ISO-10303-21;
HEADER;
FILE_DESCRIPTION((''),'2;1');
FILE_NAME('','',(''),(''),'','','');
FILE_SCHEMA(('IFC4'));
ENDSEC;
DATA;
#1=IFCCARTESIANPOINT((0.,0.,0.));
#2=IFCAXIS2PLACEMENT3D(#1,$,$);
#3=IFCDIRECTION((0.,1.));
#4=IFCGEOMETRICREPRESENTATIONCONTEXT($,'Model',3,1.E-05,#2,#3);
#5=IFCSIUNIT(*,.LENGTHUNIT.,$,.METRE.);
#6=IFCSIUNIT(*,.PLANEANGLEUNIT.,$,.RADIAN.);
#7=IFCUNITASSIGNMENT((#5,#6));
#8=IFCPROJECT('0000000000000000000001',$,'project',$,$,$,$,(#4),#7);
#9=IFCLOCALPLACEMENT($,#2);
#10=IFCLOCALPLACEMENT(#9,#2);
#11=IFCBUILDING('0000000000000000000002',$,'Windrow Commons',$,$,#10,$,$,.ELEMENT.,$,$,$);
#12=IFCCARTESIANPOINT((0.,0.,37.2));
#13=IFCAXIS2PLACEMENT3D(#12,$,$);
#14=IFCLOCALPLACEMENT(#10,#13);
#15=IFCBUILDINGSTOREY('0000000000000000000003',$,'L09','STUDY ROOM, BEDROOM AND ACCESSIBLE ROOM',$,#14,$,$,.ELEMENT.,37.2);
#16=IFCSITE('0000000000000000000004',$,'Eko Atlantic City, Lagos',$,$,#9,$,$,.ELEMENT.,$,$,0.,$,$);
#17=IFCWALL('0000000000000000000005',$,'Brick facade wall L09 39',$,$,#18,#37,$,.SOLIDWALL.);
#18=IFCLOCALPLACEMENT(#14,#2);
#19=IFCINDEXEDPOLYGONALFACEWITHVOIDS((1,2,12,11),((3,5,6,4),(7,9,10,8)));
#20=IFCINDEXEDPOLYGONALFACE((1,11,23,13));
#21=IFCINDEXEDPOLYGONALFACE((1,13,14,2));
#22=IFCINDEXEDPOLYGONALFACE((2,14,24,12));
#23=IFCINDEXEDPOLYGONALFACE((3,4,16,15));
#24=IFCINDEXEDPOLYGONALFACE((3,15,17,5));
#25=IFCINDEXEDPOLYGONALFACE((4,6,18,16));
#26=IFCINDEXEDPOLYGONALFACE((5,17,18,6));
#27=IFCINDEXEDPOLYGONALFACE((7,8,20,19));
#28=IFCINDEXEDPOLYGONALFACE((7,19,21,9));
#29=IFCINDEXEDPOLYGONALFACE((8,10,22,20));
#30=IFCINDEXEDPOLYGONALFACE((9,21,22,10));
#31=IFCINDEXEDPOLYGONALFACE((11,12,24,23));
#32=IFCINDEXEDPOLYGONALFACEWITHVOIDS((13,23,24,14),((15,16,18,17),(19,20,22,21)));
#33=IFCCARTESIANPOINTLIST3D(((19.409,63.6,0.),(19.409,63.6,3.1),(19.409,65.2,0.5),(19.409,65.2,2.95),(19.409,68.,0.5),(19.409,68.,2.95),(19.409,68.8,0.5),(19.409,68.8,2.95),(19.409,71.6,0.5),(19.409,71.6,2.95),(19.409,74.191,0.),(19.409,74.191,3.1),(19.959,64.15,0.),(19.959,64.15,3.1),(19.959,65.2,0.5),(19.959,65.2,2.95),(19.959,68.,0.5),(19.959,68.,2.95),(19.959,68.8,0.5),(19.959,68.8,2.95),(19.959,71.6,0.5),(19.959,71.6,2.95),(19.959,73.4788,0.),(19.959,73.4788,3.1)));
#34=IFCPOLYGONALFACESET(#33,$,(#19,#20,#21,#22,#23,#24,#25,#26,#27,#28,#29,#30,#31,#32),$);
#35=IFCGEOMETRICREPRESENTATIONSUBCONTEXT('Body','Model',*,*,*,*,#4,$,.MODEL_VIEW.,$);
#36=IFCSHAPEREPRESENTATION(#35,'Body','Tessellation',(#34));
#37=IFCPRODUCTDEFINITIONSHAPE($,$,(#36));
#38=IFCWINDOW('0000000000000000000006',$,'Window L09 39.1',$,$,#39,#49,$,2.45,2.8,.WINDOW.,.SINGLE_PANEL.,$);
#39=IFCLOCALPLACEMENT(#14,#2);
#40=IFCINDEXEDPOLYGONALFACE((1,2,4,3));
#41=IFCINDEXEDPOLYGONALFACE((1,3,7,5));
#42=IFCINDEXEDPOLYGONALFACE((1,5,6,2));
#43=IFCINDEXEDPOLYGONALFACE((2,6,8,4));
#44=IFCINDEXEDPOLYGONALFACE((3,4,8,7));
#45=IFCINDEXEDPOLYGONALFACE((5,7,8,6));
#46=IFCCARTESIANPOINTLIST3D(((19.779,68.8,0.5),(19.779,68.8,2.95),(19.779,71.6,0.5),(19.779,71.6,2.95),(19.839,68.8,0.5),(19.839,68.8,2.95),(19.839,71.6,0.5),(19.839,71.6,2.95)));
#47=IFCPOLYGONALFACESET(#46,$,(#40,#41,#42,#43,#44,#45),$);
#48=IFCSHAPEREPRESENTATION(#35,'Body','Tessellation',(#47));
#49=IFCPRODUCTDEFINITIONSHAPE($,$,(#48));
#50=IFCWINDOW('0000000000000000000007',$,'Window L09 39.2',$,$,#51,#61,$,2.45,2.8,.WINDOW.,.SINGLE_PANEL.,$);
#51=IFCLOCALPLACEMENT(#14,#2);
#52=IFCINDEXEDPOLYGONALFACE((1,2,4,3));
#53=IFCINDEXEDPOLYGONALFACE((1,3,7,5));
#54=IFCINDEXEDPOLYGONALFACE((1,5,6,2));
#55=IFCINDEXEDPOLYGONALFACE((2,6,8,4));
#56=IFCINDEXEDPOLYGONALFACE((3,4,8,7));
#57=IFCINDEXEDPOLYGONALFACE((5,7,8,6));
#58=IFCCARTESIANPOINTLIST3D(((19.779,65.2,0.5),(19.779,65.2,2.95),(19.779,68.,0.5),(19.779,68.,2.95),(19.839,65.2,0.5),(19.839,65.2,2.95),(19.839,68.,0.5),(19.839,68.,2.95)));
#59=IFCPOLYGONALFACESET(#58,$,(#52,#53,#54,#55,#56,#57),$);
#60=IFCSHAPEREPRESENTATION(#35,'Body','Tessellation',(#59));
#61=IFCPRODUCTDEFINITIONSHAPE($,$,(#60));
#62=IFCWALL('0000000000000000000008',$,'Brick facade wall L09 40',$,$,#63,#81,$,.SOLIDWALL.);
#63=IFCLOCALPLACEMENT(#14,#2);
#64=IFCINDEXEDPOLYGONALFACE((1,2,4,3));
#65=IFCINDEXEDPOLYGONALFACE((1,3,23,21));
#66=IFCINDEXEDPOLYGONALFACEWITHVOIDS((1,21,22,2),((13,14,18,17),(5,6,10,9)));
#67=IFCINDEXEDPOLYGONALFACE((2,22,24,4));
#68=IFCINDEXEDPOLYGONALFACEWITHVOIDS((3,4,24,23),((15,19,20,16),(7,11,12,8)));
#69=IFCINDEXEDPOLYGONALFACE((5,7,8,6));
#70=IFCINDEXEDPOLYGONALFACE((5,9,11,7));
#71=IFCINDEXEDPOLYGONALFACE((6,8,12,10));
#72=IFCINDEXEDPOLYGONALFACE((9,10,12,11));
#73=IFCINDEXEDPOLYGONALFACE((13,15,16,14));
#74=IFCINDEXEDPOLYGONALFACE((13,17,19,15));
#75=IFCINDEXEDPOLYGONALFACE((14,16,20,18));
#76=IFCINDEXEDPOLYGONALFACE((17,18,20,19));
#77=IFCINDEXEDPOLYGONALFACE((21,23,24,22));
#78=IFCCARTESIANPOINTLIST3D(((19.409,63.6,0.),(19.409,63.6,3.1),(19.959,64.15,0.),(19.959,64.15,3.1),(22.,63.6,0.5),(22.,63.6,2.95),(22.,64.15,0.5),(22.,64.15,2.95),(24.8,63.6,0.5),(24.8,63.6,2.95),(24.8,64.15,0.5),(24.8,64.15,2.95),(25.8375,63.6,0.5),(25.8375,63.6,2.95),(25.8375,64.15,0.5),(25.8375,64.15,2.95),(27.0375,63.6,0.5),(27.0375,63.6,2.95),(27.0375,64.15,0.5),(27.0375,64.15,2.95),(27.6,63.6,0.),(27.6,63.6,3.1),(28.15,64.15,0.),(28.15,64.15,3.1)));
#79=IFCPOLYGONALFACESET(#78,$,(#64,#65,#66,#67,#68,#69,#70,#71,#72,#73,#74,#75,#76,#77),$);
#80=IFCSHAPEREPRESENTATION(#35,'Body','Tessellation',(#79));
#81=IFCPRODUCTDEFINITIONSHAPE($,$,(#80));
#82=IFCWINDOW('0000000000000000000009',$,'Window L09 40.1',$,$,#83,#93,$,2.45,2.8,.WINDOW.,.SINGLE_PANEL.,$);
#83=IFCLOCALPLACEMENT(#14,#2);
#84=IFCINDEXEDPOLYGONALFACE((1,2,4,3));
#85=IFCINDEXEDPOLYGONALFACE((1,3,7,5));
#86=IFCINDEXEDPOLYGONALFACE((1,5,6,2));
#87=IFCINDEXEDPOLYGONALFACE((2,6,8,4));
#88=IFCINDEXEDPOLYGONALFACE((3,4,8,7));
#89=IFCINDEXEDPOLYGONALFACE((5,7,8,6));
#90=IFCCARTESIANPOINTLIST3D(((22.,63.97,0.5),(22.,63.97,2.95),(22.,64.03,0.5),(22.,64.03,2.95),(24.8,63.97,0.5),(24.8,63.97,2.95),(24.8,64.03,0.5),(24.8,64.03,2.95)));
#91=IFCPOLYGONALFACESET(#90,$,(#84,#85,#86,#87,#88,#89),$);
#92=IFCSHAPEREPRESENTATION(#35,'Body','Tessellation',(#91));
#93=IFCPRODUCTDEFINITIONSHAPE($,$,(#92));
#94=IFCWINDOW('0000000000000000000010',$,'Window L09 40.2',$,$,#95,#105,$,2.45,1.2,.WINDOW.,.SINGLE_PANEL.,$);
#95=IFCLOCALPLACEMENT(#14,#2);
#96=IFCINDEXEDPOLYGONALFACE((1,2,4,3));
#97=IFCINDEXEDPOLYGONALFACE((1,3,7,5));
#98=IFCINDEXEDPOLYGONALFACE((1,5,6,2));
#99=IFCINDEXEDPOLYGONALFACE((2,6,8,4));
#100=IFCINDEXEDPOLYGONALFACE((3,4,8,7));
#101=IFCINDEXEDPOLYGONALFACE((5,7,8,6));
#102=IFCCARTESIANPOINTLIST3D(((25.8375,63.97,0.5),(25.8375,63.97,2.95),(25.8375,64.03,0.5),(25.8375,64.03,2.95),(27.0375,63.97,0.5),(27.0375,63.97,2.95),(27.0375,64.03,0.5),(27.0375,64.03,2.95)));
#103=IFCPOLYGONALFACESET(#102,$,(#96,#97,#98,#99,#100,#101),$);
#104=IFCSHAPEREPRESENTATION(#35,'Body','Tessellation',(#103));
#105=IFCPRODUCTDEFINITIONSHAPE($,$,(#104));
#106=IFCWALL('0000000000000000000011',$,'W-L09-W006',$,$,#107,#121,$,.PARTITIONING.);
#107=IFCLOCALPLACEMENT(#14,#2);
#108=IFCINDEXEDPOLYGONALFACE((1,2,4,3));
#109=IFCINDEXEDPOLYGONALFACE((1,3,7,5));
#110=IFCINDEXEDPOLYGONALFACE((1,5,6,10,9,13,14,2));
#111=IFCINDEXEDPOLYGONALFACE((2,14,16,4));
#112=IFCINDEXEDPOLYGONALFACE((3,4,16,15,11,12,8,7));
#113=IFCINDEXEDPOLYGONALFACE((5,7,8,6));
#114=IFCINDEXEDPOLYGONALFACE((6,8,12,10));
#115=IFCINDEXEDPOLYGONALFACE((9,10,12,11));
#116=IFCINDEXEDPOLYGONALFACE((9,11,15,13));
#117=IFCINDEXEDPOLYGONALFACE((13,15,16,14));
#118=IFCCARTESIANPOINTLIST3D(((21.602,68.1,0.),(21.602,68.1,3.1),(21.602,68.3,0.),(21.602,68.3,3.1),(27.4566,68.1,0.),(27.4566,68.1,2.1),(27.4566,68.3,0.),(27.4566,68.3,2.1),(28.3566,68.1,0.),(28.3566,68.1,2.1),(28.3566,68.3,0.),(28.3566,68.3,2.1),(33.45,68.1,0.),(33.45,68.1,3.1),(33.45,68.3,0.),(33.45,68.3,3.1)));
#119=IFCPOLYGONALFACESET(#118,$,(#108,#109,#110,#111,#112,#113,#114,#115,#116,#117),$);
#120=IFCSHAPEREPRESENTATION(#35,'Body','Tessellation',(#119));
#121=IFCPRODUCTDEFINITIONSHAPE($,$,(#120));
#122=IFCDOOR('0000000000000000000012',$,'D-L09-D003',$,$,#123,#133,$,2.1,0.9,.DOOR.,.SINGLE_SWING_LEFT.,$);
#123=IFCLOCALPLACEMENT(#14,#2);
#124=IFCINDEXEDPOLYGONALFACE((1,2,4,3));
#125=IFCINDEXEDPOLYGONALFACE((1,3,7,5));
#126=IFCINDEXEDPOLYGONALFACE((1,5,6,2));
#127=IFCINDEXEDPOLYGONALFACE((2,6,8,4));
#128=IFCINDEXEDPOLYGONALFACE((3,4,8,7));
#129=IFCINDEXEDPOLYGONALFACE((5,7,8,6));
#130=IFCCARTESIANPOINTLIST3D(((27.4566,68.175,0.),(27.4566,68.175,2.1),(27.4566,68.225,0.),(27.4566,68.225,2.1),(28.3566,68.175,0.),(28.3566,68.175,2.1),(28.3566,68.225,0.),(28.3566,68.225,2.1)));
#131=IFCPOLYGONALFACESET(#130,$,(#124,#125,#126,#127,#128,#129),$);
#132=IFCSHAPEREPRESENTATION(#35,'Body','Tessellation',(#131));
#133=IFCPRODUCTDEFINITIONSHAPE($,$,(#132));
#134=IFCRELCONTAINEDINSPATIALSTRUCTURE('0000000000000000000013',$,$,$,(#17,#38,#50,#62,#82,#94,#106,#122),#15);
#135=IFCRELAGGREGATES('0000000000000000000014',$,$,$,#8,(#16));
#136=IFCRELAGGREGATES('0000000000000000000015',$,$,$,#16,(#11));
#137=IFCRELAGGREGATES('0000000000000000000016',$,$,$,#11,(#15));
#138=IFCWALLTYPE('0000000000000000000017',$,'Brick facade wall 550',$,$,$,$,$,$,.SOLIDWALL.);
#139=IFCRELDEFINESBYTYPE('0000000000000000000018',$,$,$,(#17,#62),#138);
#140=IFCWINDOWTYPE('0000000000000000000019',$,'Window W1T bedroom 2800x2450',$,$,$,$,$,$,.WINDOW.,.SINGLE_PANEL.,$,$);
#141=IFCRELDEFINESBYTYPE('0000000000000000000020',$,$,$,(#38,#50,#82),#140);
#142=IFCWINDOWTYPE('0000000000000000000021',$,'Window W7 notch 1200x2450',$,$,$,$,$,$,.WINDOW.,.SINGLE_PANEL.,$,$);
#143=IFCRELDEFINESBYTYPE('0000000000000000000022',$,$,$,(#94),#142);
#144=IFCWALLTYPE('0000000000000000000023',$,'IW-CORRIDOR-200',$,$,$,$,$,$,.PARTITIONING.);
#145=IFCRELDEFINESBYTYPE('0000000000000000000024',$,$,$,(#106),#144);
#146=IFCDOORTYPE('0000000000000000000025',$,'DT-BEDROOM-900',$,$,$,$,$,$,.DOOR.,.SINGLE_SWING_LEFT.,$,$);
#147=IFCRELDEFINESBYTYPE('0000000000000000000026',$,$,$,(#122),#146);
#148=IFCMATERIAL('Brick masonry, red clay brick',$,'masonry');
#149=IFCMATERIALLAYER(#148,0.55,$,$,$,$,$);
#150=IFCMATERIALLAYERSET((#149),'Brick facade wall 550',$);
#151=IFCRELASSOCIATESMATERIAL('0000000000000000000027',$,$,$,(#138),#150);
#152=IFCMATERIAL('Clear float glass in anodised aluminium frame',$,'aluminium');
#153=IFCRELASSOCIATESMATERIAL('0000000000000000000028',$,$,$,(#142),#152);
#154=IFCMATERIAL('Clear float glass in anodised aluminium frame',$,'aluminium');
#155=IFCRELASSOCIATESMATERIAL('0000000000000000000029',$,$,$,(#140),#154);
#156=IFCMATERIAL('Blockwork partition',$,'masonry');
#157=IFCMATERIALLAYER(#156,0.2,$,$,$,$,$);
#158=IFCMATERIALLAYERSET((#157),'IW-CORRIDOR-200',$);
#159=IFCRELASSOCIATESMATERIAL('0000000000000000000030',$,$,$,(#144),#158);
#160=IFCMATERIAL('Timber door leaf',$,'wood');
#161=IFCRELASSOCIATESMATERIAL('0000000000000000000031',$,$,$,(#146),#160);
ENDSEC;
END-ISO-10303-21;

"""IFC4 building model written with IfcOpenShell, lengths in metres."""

from ifc_helpers import new_model, si_unit, direction, frame, frame_2d, origin, place, context, subcontext, project, spatial, polyline, rectangle, outline, extrude, material, layer, layer_set, type_object, element, fill, save


model = new_model("IFC4")

# Units and contexts
model_context = context("Model", 3, precision=1e-05, world=origin(), true_north=direction((0.0, 1.0)))
body_context = subcontext(model_context, "Body", "Model", "MODEL_VIEW")
ifc_project = project(units=[si_unit("LENGTHUNIT", "METRE"), si_unit("PLANEANGLEUNIT", "RADIAN")], contexts=[model_context])

# Site, building, storey
site_placement = place(None, origin())
site = spatial("IfcSite", under=ifc_project, at=site_placement, Name="Eko Atlantic City, Lagos", CompositionType="ELEMENT", RefElevation=0.0)
building_placement = place(site_placement, origin())
building = spatial("IfcBuilding", under=site, at=building_placement, Name="Windrow Commons", CompositionType="ELEMENT")
storey_placement = place(building_placement, frame((0.0, 0.0, 37.2)))
storey = spatial("IfcBuildingStorey", under=building, at=storey_placement, Name="L09", Description="STUDY ROOM, BEDROOM AND ACCESSIBLE ROOM", CompositionType="ELEMENT", Elevation=37.2)

# Walls, openings, windows
ifc_material_1 = material(Name="Brick masonry, red clay brick", Category="masonry")
ifc_layer_1 = layer(ifc_material_1, 0.55)
ifc_layer_set_1 = layer_set([ifc_layer_1], Name="Brick facade wall 550")
wall_type_1 = type_object("IfcWallType", Name="Brick facade wall 550", PredefinedType="SOLIDWALL", material=ifc_layer_set_1)
ifc_material_2 = material(Name="Clear float glass in anodised aluminium frame", Category="aluminium")
window_type_1 = type_object("IfcWindowType", Name="Window W7 notch 1200x2450", PartitioningType="SINGLE_PANEL", PredefinedType="WINDOW", material=ifc_material_2)
wall_1_placement = place(storey_placement, frame((19.684, 73.8349, 0.0), z_axis=(0.0, 0.0, 1.0), x_axis=(0.0, -1.0, 0.0)))
wall_1 = element("IfcWall", 1, at=wall_1_placement, inside=storey, type_object=wall_type_1, Name="Brick facade wall L09 39", PredefinedType="SOLIDWALL", context=body_context, shape_type="SweptSolid", body=[
    extrude(outline(polyline([(-0.3561, -0.275), (10.2349, -0.275), (9.6849, 0.275), (0.3561, 0.275), (-0.3561, -0.275)])), origin(), (0.0, 0.0, 1.0), 3.1),
])
opening_1_placement = place(wall_1_placement, frame((2.2349, 0.0, 0.5)))
opening_1 = element("IfcOpeningElement", 2, at=opening_1_placement, cuts=wall_1, PredefinedType="OPENING", context=body_context, shape_type="SweptSolid", body=[
    extrude(rectangle(XDim=2.8, YDim=2.45, at=frame_2d((1.4, 1.225))), frame((0.0, 0.285, 0.0), z_axis=(0.0, -1.0, 0.0), x_axis=(1.0, 0.0, 0.0)), (0.0, 0.0, 1.0), 0.57),
])
opening_2_placement = place(wall_1_placement, frame((5.8349, 0.0, 0.5)))
opening_2 = element("IfcOpeningElement", 3, at=opening_2_placement, cuts=wall_1, PredefinedType="OPENING", context=body_context, shape_type="SweptSolid", body=[
    extrude(rectangle(XDim=2.8, YDim=2.45, at=frame_2d((1.4, 1.225))), frame((0.0, 0.285, 0.0), z_axis=(0.0, -1.0, 0.0), x_axis=(1.0, 0.0, 0.0)), (0.0, 0.0, 1.0), 0.57),
])
ifc_material_3 = material(Name="Clear float glass in anodised aluminium frame", Category="aluminium")
window_type_2 = type_object("IfcWindowType", Name="Window W1T bedroom 2800x2450", PartitioningType="SINGLE_PANEL", PredefinedType="WINDOW", material=ifc_material_3)
window_1_placement = place(opening_1_placement, origin())
window_1 = element("IfcWindow", 4, at=window_1_placement, inside=storey, type_object=window_type_2, Name="Window L09 39.1", OverallHeight=2.45, OverallWidth=2.8, PartitioningType="SINGLE_PANEL", PredefinedType="WINDOW", context=body_context, shape_type="SweptSolid", body=[
    extrude(rectangle(XDim=2.8, YDim=2.45, at=frame_2d((1.4, 1.225))), frame((0.0, 0.155, 0.0), z_axis=(0.0, -1.0, 0.0), x_axis=(1.0, 0.0, 0.0)), (0.0, 0.0, 1.0), 0.06),
])
fill(opening_1, window_1)
window_2_placement = place(opening_2_placement, origin())
window_2 = element("IfcWindow", 5, at=window_2_placement, inside=storey, type_object=window_type_2, Name="Window L09 39.2", OverallHeight=2.45, OverallWidth=2.8, PartitioningType="SINGLE_PANEL", PredefinedType="WINDOW", context=body_context, shape_type="SweptSolid", body=[
    extrude(rectangle(XDim=2.8, YDim=2.45, at=frame_2d((1.4, 1.225))), frame((0.0, 0.155, 0.0), z_axis=(0.0, -1.0, 0.0), x_axis=(1.0, 0.0, 0.0)), (0.0, 0.0, 1.0), 0.06),
])
fill(opening_2, window_2)
wall_2_placement = place(storey_placement, frame((19.684, 63.875, 0.0), z_axis=(0.0, 0.0, 1.0), x_axis=(1.0, 0.0, 0.0)))
wall_2 = element("IfcWall", 6, at=wall_2_placement, inside=storey, type_object=wall_type_1, Name="Brick facade wall L09 40", PredefinedType="SOLIDWALL", context=body_context, shape_type="SweptSolid", body=[
    extrude(outline(polyline([(-0.275, -0.275), (7.916, -0.275), (8.466, 0.275), (0.275, 0.275), (-0.275, -0.275)])), origin(), (0.0, 0.0, 1.0), 3.1),
])
opening_3_placement = place(wall_2_placement, frame((2.316, 0.0, 0.5)))
opening_3 = element("IfcOpeningElement", 7, at=opening_3_placement, cuts=wall_2, PredefinedType="OPENING", context=body_context, shape_type="SweptSolid", body=[
    extrude(rectangle(XDim=2.8, YDim=2.45, at=frame_2d((1.4, 1.225))), frame((0.0, 0.285, 0.0), z_axis=(0.0, -1.0, 0.0), x_axis=(1.0, 0.0, 0.0)), (0.0, 0.0, 1.0), 0.57),
])
opening_4_placement = place(wall_2_placement, frame((6.1535, 0.0, 0.5)))
opening_4 = element("IfcOpeningElement", 8, at=opening_4_placement, cuts=wall_2, PredefinedType="OPENING", context=body_context, shape_type="SweptSolid", body=[
    extrude(rectangle(XDim=1.2, YDim=2.45, at=frame_2d((0.6, 1.225))), frame((0.0, 0.285, 0.0), z_axis=(0.0, -1.0, 0.0), x_axis=(1.0, 0.0, 0.0)), (0.0, 0.0, 1.0), 0.57),
])
window_3_placement = place(opening_3_placement, origin())
window_3 = element("IfcWindow", 9, at=window_3_placement, inside=storey, type_object=window_type_2, Name="Window L09 40.1", OverallHeight=2.45, OverallWidth=2.8, PartitioningType="SINGLE_PANEL", PredefinedType="WINDOW", context=body_context, shape_type="SweptSolid", body=[
    extrude(rectangle(XDim=2.8, YDim=2.45, at=frame_2d((1.4, 1.225))), frame((0.0, 0.155, 0.0), z_axis=(0.0, -1.0, 0.0), x_axis=(1.0, 0.0, 0.0)), (0.0, 0.0, 1.0), 0.06),
])
fill(opening_3, window_3)
window_4_placement = place(opening_4_placement, origin())
window_4 = element("IfcWindow", 10, at=window_4_placement, inside=storey, type_object=window_type_1, Name="Window L09 40.2", OverallHeight=2.45, OverallWidth=1.2, PartitioningType="SINGLE_PANEL", PredefinedType="WINDOW", context=body_context, shape_type="SweptSolid", body=[
    extrude(rectangle(XDim=1.2, YDim=2.45, at=frame_2d((0.6, 1.225))), frame((0.0, 0.155, 0.0), z_axis=(0.0, -1.0, 0.0), x_axis=(1.0, 0.0, 0.0)), (0.0, 0.0, 1.0), 0.06),
])
fill(opening_4, window_4)

# Wall, opening, door
ifc_material_4 = material(Name="Blockwork partition", Category="masonry")
ifc_layer_2 = layer(ifc_material_4, 0.2)
ifc_layer_set_2 = layer_set([ifc_layer_2], Name="IW-CORRIDOR-200")
wall_type_2 = type_object("IfcWallType", Name="IW-CORRIDOR-200", PredefinedType="PARTITIONING", material=ifc_layer_set_2)
wall_3_placement = place(storey_placement, frame((21.602, 68.2, 0.0), z_axis=(0.0, 0.0, 1.0), x_axis=(1.0, 0.0, 0.0)))
wall_3 = element("IfcWall", 11, at=wall_3_placement, inside=storey, type_object=wall_type_2, Name="W-L09-W006", PredefinedType="PARTITIONING", context=body_context, shape_type="SweptSolid", body=[
    extrude(rectangle(XDim=11.848, YDim=0.2, at=frame_2d((5.924, 0.0))), origin(), (0.0, 0.0, 1.0), 3.1),
])
opening_5_placement = place(wall_3_placement, frame((5.8546, 0.0, 0.0)))
opening_5 = element("IfcOpeningElement", 12, at=opening_5_placement, cuts=wall_3, PredefinedType="OPENING", context=body_context, shape_type="SweptSolid", body=[
    extrude(rectangle(XDim=0.9, YDim=2.1, at=frame_2d((0.45, 1.05))), frame((0.0, 0.11, 0.0), z_axis=(0.0, -1.0, 0.0), x_axis=(1.0, 0.0, 0.0)), (0.0, 0.0, 1.0), 0.22),
])
ifc_material_5 = material(Name="Timber door leaf", Category="wood")
door_type_1 = type_object("IfcDoorType", Name="DT-BEDROOM-900", OperationType="SINGLE_SWING_LEFT", PredefinedType="DOOR", material=ifc_material_5)
door_1_placement = place(opening_5_placement, origin())
door_1 = element("IfcDoor", 13, at=door_1_placement, inside=storey, type_object=door_type_1, Name="D-L09-D003", OperationType="SINGLE_SWING_LEFT", OverallHeight=2.1, OverallWidth=0.9, PredefinedType="DOOR", context=body_context, shape_type="SweptSolid", body=[
    extrude(rectangle(XDim=0.9, YDim=2.1, at=frame_2d((0.45, 1.05))), frame((0.0, 0.025, 0.0), z_axis=(0.0, -1.0, 0.0), x_axis=(1.0, 0.0, 0.0)), (0.0, 0.0, 1.0), 0.05),
])
fill(opening_5, door_1)

save(model, "model.ifc")
